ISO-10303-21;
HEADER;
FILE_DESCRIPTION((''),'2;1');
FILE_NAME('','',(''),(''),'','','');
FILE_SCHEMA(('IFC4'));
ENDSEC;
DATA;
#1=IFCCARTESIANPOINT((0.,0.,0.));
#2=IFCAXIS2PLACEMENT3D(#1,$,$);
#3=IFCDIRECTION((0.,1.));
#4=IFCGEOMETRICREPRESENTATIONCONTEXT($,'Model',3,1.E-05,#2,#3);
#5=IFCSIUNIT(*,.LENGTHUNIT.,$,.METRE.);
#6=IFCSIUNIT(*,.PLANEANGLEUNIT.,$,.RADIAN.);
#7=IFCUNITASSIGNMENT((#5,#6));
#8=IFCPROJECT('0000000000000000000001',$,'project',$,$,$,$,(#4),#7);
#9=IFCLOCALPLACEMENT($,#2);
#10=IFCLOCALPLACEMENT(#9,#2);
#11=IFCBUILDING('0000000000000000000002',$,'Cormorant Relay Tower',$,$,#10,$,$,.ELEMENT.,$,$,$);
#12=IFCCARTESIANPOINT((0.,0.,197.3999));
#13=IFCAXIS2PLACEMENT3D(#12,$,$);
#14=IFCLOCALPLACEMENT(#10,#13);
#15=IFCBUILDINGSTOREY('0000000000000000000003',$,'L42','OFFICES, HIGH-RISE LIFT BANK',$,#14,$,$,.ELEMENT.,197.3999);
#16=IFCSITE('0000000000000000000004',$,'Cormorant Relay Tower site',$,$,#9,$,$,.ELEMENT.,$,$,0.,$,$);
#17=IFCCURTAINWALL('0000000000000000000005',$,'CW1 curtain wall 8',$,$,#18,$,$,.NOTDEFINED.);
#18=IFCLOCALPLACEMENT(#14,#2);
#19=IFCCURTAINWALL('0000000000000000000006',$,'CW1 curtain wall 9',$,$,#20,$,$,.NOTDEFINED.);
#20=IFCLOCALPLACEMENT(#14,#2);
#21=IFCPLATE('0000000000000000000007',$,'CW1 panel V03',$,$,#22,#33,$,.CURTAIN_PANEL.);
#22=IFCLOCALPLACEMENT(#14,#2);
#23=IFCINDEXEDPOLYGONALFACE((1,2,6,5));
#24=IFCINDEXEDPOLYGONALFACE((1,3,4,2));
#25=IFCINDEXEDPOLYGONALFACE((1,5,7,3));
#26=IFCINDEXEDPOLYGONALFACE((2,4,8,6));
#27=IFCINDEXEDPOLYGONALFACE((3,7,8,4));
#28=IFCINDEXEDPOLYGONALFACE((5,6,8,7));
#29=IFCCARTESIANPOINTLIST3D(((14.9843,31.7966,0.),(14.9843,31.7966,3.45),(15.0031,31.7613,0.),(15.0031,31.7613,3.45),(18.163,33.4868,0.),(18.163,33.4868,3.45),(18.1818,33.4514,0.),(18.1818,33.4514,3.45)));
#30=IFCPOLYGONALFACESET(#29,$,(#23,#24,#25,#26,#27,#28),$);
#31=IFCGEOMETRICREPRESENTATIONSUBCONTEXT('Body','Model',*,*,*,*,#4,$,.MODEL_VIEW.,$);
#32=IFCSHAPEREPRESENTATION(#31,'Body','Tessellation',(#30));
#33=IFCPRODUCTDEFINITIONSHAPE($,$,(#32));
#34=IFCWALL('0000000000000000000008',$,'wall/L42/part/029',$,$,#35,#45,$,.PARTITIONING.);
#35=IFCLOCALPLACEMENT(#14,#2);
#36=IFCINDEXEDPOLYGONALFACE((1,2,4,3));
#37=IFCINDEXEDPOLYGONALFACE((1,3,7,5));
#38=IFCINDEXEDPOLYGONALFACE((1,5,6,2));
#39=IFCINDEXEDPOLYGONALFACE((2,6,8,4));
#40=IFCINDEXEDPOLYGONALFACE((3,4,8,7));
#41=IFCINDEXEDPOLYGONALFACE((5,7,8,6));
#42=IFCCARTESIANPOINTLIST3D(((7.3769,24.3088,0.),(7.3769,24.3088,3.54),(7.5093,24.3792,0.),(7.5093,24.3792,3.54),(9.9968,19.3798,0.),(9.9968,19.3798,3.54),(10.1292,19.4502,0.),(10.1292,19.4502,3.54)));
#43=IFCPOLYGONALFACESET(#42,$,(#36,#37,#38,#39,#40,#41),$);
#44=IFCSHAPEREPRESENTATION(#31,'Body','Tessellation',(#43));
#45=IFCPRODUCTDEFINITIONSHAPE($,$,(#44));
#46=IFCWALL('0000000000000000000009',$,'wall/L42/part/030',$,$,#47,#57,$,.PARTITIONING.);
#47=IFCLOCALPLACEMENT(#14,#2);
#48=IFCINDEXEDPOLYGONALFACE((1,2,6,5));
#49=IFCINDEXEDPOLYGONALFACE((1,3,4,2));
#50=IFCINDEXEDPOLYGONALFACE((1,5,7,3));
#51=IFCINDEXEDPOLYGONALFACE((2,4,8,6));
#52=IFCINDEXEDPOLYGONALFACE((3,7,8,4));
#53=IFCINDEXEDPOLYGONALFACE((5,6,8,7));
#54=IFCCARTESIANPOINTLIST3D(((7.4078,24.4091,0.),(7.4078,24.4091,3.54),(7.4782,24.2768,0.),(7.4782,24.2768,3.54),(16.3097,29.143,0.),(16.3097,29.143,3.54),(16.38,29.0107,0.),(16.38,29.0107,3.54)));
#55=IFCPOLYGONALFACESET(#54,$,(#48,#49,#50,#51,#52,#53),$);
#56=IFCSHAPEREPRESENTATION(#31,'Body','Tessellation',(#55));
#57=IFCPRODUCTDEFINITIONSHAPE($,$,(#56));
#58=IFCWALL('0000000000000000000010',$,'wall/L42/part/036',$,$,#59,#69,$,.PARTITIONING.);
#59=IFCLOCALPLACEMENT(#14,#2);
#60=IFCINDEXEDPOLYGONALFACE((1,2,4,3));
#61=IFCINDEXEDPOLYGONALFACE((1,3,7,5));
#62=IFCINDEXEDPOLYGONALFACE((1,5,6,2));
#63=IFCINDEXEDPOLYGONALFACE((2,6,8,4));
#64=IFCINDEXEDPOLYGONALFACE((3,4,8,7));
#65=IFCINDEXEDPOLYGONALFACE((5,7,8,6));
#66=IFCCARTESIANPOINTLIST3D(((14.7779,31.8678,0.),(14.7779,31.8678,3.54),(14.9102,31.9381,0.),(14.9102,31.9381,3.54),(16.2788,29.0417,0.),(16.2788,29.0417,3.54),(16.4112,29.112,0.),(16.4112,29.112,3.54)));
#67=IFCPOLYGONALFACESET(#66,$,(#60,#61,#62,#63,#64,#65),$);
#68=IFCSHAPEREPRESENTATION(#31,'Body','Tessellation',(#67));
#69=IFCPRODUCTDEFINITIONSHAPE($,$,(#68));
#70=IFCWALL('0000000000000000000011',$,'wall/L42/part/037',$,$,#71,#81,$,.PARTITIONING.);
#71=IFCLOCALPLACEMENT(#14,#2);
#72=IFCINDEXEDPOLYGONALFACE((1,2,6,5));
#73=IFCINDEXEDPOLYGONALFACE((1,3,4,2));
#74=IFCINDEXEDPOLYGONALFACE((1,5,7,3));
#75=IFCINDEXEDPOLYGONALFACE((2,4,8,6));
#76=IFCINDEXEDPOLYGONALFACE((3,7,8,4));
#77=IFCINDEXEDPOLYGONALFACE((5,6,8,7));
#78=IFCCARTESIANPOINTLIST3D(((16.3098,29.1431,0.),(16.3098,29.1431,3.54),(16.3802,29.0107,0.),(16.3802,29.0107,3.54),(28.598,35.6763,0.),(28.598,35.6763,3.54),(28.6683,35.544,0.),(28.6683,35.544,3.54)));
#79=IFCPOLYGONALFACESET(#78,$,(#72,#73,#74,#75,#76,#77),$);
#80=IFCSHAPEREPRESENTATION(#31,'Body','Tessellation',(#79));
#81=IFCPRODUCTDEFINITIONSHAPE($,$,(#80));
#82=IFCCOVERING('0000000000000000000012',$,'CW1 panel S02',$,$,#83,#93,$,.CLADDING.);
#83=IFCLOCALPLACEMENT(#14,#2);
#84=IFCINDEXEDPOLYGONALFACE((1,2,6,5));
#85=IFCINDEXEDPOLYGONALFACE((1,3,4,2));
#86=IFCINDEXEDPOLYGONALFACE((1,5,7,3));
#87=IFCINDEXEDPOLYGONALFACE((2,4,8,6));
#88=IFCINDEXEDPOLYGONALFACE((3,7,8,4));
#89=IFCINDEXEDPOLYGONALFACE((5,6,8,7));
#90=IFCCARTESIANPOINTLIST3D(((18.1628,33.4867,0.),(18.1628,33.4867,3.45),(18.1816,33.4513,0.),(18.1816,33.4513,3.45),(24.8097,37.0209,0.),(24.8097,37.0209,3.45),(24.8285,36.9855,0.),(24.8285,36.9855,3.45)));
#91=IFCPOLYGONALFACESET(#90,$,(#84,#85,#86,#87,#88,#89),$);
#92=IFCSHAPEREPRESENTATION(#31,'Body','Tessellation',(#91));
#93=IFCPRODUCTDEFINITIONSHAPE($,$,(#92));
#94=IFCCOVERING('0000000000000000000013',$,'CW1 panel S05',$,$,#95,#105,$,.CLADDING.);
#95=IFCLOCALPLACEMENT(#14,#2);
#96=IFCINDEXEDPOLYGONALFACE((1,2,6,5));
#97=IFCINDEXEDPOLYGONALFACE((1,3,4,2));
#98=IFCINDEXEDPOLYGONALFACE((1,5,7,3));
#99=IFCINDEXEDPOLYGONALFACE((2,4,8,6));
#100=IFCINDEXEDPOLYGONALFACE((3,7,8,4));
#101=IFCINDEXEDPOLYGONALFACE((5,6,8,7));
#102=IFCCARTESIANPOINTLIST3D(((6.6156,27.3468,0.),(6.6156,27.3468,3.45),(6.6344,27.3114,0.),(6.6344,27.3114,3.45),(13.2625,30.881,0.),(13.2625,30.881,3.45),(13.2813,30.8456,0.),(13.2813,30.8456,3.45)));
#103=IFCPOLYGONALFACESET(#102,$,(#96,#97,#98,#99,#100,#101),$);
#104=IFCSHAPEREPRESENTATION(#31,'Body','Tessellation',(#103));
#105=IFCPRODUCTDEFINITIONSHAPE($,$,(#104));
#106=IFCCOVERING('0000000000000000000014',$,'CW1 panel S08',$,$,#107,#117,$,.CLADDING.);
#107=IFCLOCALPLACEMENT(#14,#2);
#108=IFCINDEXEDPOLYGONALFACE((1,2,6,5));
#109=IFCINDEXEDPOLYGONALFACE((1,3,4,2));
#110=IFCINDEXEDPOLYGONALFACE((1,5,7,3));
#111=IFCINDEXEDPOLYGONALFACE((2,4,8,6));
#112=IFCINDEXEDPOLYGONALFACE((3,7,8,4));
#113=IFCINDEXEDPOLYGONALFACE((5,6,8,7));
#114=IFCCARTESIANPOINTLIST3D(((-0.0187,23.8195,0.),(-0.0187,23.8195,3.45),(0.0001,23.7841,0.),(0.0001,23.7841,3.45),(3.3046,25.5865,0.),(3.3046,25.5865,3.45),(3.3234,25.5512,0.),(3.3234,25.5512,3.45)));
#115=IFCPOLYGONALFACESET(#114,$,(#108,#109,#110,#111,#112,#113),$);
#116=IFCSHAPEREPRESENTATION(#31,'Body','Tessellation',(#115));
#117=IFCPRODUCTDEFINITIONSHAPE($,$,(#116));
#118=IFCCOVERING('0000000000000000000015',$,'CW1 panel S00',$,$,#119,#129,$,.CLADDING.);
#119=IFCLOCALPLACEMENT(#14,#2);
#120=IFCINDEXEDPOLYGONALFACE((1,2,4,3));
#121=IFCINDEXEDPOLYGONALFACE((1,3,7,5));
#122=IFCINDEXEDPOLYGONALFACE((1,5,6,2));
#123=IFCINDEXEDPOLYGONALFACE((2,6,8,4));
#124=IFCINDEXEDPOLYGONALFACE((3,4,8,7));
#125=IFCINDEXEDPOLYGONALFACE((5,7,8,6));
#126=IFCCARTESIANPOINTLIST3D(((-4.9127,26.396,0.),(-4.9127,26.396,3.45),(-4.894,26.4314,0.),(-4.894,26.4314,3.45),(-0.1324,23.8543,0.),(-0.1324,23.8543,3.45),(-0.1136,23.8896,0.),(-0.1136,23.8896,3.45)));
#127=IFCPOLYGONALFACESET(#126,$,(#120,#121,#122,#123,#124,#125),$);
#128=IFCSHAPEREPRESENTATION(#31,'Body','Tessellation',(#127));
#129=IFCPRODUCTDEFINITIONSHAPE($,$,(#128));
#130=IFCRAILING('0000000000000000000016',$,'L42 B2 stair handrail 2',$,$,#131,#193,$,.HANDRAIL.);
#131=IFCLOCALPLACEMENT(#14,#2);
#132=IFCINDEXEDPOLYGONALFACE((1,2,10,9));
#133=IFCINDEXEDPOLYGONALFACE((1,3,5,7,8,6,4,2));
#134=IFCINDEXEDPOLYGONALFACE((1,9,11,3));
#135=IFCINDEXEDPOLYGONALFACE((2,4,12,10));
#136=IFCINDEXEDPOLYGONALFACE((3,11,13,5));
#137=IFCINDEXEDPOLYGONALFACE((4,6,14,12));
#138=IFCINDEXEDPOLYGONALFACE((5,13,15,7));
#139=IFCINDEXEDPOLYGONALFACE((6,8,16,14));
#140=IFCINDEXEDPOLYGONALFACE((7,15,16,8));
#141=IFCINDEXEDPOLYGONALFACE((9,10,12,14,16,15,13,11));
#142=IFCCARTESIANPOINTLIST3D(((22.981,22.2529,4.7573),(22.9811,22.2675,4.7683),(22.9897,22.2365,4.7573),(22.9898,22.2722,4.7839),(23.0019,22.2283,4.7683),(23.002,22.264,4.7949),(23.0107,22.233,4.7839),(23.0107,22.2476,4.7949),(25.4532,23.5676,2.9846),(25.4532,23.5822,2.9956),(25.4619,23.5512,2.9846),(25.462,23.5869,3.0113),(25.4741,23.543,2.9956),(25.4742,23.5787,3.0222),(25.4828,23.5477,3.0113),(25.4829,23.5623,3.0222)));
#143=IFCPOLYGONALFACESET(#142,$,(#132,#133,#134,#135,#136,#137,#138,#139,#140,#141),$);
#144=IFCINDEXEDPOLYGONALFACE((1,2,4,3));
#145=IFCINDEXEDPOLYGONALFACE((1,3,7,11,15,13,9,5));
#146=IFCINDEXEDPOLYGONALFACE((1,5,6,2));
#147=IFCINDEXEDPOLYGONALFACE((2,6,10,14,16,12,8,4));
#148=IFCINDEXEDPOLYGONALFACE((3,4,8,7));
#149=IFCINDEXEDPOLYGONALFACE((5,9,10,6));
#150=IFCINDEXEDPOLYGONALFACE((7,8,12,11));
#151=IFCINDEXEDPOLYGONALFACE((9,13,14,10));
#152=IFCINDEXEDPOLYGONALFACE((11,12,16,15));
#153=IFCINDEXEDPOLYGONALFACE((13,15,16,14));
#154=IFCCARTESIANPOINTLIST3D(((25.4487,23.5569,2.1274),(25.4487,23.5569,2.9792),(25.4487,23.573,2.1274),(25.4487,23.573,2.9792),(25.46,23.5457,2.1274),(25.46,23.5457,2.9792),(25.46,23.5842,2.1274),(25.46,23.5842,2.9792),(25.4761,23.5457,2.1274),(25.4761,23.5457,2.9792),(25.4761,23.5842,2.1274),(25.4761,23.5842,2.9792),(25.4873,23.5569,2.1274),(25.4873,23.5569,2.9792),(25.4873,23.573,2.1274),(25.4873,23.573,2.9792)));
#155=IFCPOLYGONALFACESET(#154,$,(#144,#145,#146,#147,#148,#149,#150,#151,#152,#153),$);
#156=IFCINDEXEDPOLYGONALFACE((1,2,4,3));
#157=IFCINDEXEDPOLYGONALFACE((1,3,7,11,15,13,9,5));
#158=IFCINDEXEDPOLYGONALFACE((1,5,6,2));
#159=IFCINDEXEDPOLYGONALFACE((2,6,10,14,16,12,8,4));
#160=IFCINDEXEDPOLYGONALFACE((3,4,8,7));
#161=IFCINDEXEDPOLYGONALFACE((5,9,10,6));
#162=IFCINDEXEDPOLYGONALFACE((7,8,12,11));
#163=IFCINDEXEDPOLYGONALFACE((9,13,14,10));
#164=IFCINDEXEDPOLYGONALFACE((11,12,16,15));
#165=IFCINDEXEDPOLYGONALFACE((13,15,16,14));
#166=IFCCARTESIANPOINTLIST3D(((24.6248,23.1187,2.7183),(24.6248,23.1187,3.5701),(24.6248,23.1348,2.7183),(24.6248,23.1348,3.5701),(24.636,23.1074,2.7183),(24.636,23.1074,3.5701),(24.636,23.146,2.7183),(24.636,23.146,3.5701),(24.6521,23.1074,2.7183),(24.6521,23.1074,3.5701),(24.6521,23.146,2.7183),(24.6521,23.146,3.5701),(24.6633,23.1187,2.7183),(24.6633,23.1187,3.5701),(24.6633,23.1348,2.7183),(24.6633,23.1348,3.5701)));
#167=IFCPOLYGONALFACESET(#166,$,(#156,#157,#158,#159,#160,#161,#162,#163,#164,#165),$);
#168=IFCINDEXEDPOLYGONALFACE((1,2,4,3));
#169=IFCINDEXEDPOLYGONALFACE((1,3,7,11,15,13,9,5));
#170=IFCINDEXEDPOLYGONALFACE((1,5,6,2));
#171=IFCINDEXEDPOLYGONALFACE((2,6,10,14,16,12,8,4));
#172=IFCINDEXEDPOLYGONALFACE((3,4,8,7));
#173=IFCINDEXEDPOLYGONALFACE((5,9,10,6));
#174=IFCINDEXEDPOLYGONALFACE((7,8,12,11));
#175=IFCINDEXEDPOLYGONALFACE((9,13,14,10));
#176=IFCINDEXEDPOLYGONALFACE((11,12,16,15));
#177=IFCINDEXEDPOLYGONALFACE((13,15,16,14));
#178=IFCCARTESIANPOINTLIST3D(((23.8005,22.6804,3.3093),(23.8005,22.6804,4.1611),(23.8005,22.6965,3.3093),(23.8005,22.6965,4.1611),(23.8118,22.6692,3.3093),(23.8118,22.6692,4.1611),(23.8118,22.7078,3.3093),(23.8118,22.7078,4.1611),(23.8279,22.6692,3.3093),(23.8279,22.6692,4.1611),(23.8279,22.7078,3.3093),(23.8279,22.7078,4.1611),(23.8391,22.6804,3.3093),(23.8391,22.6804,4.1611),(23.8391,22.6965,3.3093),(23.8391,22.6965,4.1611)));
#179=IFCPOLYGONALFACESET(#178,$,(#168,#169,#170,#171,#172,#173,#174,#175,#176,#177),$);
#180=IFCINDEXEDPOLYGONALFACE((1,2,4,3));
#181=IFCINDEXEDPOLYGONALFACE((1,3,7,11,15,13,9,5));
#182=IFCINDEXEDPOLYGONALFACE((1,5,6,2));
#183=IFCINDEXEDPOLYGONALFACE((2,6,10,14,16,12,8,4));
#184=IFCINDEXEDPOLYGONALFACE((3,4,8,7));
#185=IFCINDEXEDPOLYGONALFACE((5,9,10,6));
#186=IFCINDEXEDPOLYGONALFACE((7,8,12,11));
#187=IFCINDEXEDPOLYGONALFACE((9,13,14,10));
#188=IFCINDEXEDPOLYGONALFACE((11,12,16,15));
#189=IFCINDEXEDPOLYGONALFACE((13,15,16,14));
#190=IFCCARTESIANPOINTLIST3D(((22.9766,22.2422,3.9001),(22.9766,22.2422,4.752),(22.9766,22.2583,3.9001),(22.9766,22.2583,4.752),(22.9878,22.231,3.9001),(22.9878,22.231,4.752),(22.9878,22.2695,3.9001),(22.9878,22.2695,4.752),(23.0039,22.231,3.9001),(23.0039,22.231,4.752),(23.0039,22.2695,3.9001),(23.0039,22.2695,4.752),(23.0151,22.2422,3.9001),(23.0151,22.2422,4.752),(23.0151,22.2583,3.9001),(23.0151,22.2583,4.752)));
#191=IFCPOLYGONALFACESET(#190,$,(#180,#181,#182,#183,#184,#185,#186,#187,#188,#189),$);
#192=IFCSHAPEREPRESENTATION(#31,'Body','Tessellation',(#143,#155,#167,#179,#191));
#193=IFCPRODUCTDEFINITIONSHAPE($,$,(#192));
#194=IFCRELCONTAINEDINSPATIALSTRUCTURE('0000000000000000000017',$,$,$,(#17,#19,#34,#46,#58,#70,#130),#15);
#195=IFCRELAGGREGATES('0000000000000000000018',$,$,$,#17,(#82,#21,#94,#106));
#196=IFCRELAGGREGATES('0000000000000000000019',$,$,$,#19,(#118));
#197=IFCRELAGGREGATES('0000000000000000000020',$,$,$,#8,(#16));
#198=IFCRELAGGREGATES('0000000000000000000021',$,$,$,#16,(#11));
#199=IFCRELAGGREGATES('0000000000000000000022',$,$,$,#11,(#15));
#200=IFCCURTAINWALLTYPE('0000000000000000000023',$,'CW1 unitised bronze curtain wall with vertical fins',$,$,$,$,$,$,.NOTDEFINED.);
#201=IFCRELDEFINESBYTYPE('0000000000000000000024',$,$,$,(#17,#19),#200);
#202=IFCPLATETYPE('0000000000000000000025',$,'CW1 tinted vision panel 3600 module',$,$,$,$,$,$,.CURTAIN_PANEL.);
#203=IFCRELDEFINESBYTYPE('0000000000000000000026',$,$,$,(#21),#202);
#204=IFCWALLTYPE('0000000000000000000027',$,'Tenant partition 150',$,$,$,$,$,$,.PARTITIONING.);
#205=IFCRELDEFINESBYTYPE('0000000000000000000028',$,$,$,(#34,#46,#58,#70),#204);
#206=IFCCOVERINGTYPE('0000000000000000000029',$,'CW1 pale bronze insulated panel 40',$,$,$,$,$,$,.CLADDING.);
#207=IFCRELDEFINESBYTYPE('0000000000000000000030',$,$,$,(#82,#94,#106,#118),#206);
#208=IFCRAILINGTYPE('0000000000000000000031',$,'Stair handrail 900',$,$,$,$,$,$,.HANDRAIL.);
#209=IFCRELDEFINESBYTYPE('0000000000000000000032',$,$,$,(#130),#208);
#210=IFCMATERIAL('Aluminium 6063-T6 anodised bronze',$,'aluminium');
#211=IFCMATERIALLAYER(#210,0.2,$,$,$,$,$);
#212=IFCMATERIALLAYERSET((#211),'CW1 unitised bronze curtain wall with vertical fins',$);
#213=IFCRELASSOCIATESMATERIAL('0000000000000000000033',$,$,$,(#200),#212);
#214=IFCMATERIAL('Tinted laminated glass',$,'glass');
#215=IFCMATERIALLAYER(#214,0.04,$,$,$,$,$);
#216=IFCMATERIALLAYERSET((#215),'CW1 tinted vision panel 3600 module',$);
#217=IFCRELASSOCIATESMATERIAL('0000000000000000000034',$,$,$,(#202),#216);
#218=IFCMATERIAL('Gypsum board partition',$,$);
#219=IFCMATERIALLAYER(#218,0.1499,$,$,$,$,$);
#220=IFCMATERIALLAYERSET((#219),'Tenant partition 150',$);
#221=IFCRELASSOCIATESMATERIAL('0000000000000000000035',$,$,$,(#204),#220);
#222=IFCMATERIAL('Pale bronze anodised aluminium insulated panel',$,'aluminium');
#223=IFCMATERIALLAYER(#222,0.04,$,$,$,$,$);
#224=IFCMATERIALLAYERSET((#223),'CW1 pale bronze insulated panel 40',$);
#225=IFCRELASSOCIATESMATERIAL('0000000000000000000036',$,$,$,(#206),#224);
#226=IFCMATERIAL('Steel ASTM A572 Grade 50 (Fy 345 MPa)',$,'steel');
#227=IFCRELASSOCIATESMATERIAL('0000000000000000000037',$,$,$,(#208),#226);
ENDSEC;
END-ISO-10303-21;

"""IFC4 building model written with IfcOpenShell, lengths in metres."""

from ifc_helpers import new_model, si_unit, direction, frame, frame_2d, origin, origin_2d, place, context, subcontext, project, spatial, polyline, rectangle, outline, extrude, material, layer, layer_set, type_object, element, aggregate, save


model = new_model("IFC4")

# Units and contexts
model_context = context("Model", 3, precision=1e-05, world=origin(), true_north=direction((0.0, 1.0)))
body_context = subcontext(model_context, "Body", "Model", "MODEL_VIEW")
ifc_project = project(units=[si_unit("LENGTHUNIT", "METRE"), si_unit("PLANEANGLEUNIT", "RADIAN")], contexts=[model_context])

# Site, building, storey
site_placement = place(None, origin())
site = spatial("IfcSite", under=ifc_project, at=site_placement, Name="Cormorant Relay Tower site", CompositionType="ELEMENT", RefElevation=0.0)
building_placement = place(site_placement, origin())
building = spatial("IfcBuilding", under=site, at=building_placement, Name="Cormorant Relay Tower", CompositionType="ELEMENT")
storey_placement = place(building_placement, frame((0.0, 0.0, 197.3999)))
storey = spatial("IfcBuildingStorey", under=building, at=storey_placement, Name="L42", Description="OFFICES, HIGH-RISE LIFT BANK", CompositionType="ELEMENT", Elevation=197.3999)

# Curtain walls
ifc_material_1 = material(Name="Aluminium 6063-T6 anodised bronze", Category="aluminium")
ifc_layer_1 = layer(ifc_material_1, 0.2)
ifc_layer_set_1 = layer_set([ifc_layer_1], Name="CW1 unitised bronze curtain wall with vertical fins")
curtain_wall_type = type_object("IfcCurtainWallType", Name="CW1 unitised bronze curtain wall with vertical fins", PredefinedType="NOTDEFINED", material=ifc_layer_set_1)
curtain_wall_1_placement = place(storey_placement, origin())
curtain_wall_1 = element("IfcCurtainWall", 1, at=curtain_wall_1_placement, inside=storey, type_object=curtain_wall_type, Name="CW1 curtain wall 8", PredefinedType="NOTDEFINED")
curtain_wall_2_placement = place(storey_placement, origin())
curtain_wall_2 = element("IfcCurtainWall", 2, at=curtain_wall_2_placement, inside=storey, type_object=curtain_wall_type, Name="CW1 curtain wall 9", PredefinedType="NOTDEFINED")

# Plate
ifc_material_2 = material(Name="Tinted laminated glass", Category="glass")
ifc_layer_2 = layer(ifc_material_2, 0.04)
ifc_layer_set_2 = layer_set([ifc_layer_2], Name="CW1 tinted vision panel 3600 module")
plate_type_1 = type_object("IfcPlateType", Name="CW1 tinted vision panel 3600 module", PredefinedType="CURTAIN_PANEL", material=ifc_layer_set_2)
plate_1_placement = place(storey_placement, frame((16.583, 32.624, 0.0), z_axis=(0.0, 0.0, 1.0), x_axis=(-0.882948, -0.469472, 0.0)))
plate_1 = element("IfcPlate", 3, at=plate_1_placement, type_object=plate_type_1, Name="CW1 panel V03", PredefinedType="CURTAIN_PANEL", context=body_context, shape_type="SweptSolid", body=[
    extrude(rectangle(XDim=3.6001, YDim=0.04, at=origin_2d()), origin(), (0.0, 0.0, 1.0), 3.45),
])

# Walls
ifc_material_3 = material(Name="Gypsum board partition")
ifc_layer_3 = layer(ifc_material_3, 0.1499)
ifc_layer_set_3 = layer_set([ifc_layer_3], Name="Tenant partition 150")
wall_type = type_object("IfcWallType", Name="Tenant partition 150", PredefinedType="PARTITIONING", material=ifc_layer_set_3)
wall_1_placement = place(storey_placement, frame((7.4431, 24.344, 0.0), z_axis=(0.0, 0.0, 1.0), x_axis=(0.469346, -0.883014, 0.0)))
element("IfcWall", 4, at=wall_1_placement, inside=storey, type_object=wall_type, Name="wall/L42/part/029", PredefinedType="PARTITIONING", context=body_context, shape_type="SweptSolid", body=[
    extrude(rectangle(XDim=5.582, YDim=0.1499, at=frame_2d((2.791, 0.0))), origin(), (0.0, 0.0, 1.0), 3.54),
])
wall_2_placement = place(storey_placement, frame((7.4431, 24.343, 0.0), z_axis=(0.0, 0.0, 1.0), x_axis=(0.882919, 0.469525, 0.0)))
element("IfcWall", 5, at=wall_2_placement, inside=storey, type_object=wall_type, Name="wall/L42/part/030", PredefinedType="PARTITIONING", context=body_context, shape_type="SweptSolid", body=[
    extrude(rectangle(XDim=10.0823, YDim=0.1499, at=frame_2d((5.041, 0.0))), origin(), (0.0, 0.0, 1.0), 3.54),
])
wall_3_placement = place(storey_placement, frame((14.844, 31.9031, 0.0), z_axis=(0.0, 0.0, 1.0), x_axis=(0.469051, -0.883171, 0.0)))
element("IfcWall", 6, at=wall_3_placement, inside=storey, type_object=wall_type, Name="wall/L42/part/036", PredefinedType="PARTITIONING", context=body_context, shape_type="SweptSolid", body=[
    extrude(rectangle(XDim=3.2, YDim=0.1499, at=frame_2d((1.6001, 0.0))), origin(), (0.0, 0.0, 1.0), 3.54),
])
wall_4_placement = place(storey_placement, frame((16.345, 29.0769, 0.0), z_axis=(0.0, 0.0, 1.0), x_axis=(0.882962, 0.469444, 0.0)))
element("IfcWall", 7, at=wall_4_placement, inside=storey, type_object=wall_type, Name="wall/L42/part/037", PredefinedType="PARTITIONING", context=body_context, shape_type="SweptSolid", body=[
    extrude(rectangle(XDim=13.917, YDim=0.1499, at=frame_2d((6.9585, 0.0))), origin(), (0.0, 0.0, 1.0), 3.54),
])

# Coverings
ifc_material_4 = material(Name="Pale bronze anodised aluminium insulated panel", Category="aluminium")
ifc_layer_4 = layer(ifc_material_4, 0.04)
ifc_layer_set_4 = layer_set([ifc_layer_4], Name="CW1 pale bronze insulated panel 40")
covering_type = type_object("IfcCoveringType", Name="CW1 pale bronze insulated panel 40", PredefinedType="CLADDING", material=ifc_layer_set_4)
covering_1_placement = place(storey_placement, frame((21.4956, 35.2361, 0.0), z_axis=(0.0, 0.0, 1.0), x_axis=(-0.882948, -0.469472, 0.0)))
covering_1 = element("IfcCovering", 8, at=covering_1_placement, type_object=covering_type, Name="CW1 panel S02", PredefinedType="CLADDING", context=body_context, shape_type="SweptSolid", body=[
    extrude(rectangle(XDim=7.5281, YDim=0.04, at=origin_2d()), origin(), (0.0, 0.0, 1.0), 3.45),
])
covering_2_placement = place(storey_placement, frame((9.9485, 29.0962, 0.0), z_axis=(0.0, 0.0, 1.0), x_axis=(-0.882948, -0.469472, 0.0)))
covering_2 = element("IfcCovering", 9, at=covering_2_placement, type_object=covering_type, Name="CW1 panel S05", PredefinedType="CLADDING", context=body_context, shape_type="SweptSolid", body=[
    extrude(rectangle(XDim=7.5281, YDim=0.04, at=origin_2d()), origin(), (0.0, 0.0, 1.0), 3.45),
])
covering_3_placement = place(storey_placement, frame((1.6523, 24.6853, 0.0), z_axis=(0.0, 0.0, 1.0), x_axis=(-0.882948, -0.469472, 0.0)))
covering_3 = element("IfcCovering", 10, at=covering_3_placement, type_object=covering_type, Name="CW1 panel S08", PredefinedType="CLADDING", context=body_context, shape_type="SweptSolid", body=[
    extrude(rectangle(XDim=3.7639, YDim=0.04, at=origin_2d()), origin(), (0.0, 0.0, 1.0), 3.45),
])
aggregate(curtain_wall_1, [covering_1, plate_1, covering_2, covering_3])
covering_4_placement = place(storey_placement, frame((-2.5132, 25.1428, 0.0), z_axis=(0.0, 0.0, 1.0), x_axis=(-0.882948, 0.469472, 0.0)))
covering_4 = element("IfcCovering", 11, at=covering_4_placement, type_object=covering_type, Name="CW1 panel S00", PredefinedType="CLADDING", context=body_context, shape_type="SweptSolid", body=[
    extrude(rectangle(XDim=5.4141, YDim=0.04, at=origin_2d()), origin(), (0.0, 0.0, 1.0), 3.45),
])
aggregate(curtain_wall_2, [covering_4])

# Railing
ifc_material_5 = material(Name="Steel ASTM A572 Grade 50 (Fy 345 MPa)", Category="steel")
railing_type = type_object("IfcRailingType", Name="Stair handrail 900", PredefinedType="HANDRAIL", material=ifc_material_5)
railing_placement = place(storey_placement, frame((25.468, 23.5649, 2.1274)))
element("IfcRailing", 12, at=railing_placement, inside=storey, type_object=railing_type, Name="L42 B2 stair handrail 2", PredefinedType="HANDRAIL", context=body_context, shape_type="SweptSolid", body=[
    extrude(outline(polyline([(0.0222, 0.0093), (0.0093, 0.0222), (-0.0093, 0.0222), (-0.0222, 0.0093), (-0.0222, -0.0093), (-0.0093, -0.0222), (0.0093, -0.0222), (0.0222, -0.0093), (0.0222, 0.0093)])), frame((0.0, 0.0, 0.876), z_axis=(-0.745979, -0.396711, 0.534916), x_axis=(0.469533, -0.882915, 0.0)), (0.0, 0.0, 1.0), 3.314),
    extrude(outline(polyline([(0.0193, 0.0081), (0.0081, 0.0193), (-0.0081, 0.0193), (-0.0193, 0.0081), (-0.0193, -0.0081), (-0.0081, -0.0193), (0.0081, -0.0193), (0.0193, -0.0081), (0.0193, 0.0081)])), origin(), (0.0, 0.0, 1.0), 0.8518),
    extrude(outline(polyline([(0.0193, 0.0081), (0.0081, 0.0193), (-0.0081, 0.0193), (-0.0193, 0.0081), (-0.0193, -0.0081), (-0.0081, -0.0193), (0.0081, -0.0193), (0.0193, -0.0081), (0.0193, 0.0081)])), frame((-0.824, -0.4382, 0.5908)), (0.0, 0.0, 1.0), 0.8518),
    extrude(outline(polyline([(0.0193, 0.0081), (0.0081, 0.0193), (-0.0081, 0.0193), (-0.0193, 0.0081), (-0.0193, -0.0081), (-0.0081, -0.0193), (0.0081, -0.0193), (0.0193, -0.0081), (0.0193, 0.0081)])), frame((-1.6482, -0.8765, 1.1819)), (0.0, 0.0, 1.0), 0.8518),
    extrude(outline(polyline([(0.0193, 0.0081), (0.0081, 0.0193), (-0.0081, 0.0193), (-0.0193, 0.0081), (-0.0193, -0.0081), (-0.0081, -0.0193), (0.0081, -0.0193), (0.0193, -0.0081), (0.0193, 0.0081)])), frame((-2.4722, -1.3147, 1.7727)), (0.0, 0.0, 1.0), 0.8518),
])

save(model, "model.ifc")
